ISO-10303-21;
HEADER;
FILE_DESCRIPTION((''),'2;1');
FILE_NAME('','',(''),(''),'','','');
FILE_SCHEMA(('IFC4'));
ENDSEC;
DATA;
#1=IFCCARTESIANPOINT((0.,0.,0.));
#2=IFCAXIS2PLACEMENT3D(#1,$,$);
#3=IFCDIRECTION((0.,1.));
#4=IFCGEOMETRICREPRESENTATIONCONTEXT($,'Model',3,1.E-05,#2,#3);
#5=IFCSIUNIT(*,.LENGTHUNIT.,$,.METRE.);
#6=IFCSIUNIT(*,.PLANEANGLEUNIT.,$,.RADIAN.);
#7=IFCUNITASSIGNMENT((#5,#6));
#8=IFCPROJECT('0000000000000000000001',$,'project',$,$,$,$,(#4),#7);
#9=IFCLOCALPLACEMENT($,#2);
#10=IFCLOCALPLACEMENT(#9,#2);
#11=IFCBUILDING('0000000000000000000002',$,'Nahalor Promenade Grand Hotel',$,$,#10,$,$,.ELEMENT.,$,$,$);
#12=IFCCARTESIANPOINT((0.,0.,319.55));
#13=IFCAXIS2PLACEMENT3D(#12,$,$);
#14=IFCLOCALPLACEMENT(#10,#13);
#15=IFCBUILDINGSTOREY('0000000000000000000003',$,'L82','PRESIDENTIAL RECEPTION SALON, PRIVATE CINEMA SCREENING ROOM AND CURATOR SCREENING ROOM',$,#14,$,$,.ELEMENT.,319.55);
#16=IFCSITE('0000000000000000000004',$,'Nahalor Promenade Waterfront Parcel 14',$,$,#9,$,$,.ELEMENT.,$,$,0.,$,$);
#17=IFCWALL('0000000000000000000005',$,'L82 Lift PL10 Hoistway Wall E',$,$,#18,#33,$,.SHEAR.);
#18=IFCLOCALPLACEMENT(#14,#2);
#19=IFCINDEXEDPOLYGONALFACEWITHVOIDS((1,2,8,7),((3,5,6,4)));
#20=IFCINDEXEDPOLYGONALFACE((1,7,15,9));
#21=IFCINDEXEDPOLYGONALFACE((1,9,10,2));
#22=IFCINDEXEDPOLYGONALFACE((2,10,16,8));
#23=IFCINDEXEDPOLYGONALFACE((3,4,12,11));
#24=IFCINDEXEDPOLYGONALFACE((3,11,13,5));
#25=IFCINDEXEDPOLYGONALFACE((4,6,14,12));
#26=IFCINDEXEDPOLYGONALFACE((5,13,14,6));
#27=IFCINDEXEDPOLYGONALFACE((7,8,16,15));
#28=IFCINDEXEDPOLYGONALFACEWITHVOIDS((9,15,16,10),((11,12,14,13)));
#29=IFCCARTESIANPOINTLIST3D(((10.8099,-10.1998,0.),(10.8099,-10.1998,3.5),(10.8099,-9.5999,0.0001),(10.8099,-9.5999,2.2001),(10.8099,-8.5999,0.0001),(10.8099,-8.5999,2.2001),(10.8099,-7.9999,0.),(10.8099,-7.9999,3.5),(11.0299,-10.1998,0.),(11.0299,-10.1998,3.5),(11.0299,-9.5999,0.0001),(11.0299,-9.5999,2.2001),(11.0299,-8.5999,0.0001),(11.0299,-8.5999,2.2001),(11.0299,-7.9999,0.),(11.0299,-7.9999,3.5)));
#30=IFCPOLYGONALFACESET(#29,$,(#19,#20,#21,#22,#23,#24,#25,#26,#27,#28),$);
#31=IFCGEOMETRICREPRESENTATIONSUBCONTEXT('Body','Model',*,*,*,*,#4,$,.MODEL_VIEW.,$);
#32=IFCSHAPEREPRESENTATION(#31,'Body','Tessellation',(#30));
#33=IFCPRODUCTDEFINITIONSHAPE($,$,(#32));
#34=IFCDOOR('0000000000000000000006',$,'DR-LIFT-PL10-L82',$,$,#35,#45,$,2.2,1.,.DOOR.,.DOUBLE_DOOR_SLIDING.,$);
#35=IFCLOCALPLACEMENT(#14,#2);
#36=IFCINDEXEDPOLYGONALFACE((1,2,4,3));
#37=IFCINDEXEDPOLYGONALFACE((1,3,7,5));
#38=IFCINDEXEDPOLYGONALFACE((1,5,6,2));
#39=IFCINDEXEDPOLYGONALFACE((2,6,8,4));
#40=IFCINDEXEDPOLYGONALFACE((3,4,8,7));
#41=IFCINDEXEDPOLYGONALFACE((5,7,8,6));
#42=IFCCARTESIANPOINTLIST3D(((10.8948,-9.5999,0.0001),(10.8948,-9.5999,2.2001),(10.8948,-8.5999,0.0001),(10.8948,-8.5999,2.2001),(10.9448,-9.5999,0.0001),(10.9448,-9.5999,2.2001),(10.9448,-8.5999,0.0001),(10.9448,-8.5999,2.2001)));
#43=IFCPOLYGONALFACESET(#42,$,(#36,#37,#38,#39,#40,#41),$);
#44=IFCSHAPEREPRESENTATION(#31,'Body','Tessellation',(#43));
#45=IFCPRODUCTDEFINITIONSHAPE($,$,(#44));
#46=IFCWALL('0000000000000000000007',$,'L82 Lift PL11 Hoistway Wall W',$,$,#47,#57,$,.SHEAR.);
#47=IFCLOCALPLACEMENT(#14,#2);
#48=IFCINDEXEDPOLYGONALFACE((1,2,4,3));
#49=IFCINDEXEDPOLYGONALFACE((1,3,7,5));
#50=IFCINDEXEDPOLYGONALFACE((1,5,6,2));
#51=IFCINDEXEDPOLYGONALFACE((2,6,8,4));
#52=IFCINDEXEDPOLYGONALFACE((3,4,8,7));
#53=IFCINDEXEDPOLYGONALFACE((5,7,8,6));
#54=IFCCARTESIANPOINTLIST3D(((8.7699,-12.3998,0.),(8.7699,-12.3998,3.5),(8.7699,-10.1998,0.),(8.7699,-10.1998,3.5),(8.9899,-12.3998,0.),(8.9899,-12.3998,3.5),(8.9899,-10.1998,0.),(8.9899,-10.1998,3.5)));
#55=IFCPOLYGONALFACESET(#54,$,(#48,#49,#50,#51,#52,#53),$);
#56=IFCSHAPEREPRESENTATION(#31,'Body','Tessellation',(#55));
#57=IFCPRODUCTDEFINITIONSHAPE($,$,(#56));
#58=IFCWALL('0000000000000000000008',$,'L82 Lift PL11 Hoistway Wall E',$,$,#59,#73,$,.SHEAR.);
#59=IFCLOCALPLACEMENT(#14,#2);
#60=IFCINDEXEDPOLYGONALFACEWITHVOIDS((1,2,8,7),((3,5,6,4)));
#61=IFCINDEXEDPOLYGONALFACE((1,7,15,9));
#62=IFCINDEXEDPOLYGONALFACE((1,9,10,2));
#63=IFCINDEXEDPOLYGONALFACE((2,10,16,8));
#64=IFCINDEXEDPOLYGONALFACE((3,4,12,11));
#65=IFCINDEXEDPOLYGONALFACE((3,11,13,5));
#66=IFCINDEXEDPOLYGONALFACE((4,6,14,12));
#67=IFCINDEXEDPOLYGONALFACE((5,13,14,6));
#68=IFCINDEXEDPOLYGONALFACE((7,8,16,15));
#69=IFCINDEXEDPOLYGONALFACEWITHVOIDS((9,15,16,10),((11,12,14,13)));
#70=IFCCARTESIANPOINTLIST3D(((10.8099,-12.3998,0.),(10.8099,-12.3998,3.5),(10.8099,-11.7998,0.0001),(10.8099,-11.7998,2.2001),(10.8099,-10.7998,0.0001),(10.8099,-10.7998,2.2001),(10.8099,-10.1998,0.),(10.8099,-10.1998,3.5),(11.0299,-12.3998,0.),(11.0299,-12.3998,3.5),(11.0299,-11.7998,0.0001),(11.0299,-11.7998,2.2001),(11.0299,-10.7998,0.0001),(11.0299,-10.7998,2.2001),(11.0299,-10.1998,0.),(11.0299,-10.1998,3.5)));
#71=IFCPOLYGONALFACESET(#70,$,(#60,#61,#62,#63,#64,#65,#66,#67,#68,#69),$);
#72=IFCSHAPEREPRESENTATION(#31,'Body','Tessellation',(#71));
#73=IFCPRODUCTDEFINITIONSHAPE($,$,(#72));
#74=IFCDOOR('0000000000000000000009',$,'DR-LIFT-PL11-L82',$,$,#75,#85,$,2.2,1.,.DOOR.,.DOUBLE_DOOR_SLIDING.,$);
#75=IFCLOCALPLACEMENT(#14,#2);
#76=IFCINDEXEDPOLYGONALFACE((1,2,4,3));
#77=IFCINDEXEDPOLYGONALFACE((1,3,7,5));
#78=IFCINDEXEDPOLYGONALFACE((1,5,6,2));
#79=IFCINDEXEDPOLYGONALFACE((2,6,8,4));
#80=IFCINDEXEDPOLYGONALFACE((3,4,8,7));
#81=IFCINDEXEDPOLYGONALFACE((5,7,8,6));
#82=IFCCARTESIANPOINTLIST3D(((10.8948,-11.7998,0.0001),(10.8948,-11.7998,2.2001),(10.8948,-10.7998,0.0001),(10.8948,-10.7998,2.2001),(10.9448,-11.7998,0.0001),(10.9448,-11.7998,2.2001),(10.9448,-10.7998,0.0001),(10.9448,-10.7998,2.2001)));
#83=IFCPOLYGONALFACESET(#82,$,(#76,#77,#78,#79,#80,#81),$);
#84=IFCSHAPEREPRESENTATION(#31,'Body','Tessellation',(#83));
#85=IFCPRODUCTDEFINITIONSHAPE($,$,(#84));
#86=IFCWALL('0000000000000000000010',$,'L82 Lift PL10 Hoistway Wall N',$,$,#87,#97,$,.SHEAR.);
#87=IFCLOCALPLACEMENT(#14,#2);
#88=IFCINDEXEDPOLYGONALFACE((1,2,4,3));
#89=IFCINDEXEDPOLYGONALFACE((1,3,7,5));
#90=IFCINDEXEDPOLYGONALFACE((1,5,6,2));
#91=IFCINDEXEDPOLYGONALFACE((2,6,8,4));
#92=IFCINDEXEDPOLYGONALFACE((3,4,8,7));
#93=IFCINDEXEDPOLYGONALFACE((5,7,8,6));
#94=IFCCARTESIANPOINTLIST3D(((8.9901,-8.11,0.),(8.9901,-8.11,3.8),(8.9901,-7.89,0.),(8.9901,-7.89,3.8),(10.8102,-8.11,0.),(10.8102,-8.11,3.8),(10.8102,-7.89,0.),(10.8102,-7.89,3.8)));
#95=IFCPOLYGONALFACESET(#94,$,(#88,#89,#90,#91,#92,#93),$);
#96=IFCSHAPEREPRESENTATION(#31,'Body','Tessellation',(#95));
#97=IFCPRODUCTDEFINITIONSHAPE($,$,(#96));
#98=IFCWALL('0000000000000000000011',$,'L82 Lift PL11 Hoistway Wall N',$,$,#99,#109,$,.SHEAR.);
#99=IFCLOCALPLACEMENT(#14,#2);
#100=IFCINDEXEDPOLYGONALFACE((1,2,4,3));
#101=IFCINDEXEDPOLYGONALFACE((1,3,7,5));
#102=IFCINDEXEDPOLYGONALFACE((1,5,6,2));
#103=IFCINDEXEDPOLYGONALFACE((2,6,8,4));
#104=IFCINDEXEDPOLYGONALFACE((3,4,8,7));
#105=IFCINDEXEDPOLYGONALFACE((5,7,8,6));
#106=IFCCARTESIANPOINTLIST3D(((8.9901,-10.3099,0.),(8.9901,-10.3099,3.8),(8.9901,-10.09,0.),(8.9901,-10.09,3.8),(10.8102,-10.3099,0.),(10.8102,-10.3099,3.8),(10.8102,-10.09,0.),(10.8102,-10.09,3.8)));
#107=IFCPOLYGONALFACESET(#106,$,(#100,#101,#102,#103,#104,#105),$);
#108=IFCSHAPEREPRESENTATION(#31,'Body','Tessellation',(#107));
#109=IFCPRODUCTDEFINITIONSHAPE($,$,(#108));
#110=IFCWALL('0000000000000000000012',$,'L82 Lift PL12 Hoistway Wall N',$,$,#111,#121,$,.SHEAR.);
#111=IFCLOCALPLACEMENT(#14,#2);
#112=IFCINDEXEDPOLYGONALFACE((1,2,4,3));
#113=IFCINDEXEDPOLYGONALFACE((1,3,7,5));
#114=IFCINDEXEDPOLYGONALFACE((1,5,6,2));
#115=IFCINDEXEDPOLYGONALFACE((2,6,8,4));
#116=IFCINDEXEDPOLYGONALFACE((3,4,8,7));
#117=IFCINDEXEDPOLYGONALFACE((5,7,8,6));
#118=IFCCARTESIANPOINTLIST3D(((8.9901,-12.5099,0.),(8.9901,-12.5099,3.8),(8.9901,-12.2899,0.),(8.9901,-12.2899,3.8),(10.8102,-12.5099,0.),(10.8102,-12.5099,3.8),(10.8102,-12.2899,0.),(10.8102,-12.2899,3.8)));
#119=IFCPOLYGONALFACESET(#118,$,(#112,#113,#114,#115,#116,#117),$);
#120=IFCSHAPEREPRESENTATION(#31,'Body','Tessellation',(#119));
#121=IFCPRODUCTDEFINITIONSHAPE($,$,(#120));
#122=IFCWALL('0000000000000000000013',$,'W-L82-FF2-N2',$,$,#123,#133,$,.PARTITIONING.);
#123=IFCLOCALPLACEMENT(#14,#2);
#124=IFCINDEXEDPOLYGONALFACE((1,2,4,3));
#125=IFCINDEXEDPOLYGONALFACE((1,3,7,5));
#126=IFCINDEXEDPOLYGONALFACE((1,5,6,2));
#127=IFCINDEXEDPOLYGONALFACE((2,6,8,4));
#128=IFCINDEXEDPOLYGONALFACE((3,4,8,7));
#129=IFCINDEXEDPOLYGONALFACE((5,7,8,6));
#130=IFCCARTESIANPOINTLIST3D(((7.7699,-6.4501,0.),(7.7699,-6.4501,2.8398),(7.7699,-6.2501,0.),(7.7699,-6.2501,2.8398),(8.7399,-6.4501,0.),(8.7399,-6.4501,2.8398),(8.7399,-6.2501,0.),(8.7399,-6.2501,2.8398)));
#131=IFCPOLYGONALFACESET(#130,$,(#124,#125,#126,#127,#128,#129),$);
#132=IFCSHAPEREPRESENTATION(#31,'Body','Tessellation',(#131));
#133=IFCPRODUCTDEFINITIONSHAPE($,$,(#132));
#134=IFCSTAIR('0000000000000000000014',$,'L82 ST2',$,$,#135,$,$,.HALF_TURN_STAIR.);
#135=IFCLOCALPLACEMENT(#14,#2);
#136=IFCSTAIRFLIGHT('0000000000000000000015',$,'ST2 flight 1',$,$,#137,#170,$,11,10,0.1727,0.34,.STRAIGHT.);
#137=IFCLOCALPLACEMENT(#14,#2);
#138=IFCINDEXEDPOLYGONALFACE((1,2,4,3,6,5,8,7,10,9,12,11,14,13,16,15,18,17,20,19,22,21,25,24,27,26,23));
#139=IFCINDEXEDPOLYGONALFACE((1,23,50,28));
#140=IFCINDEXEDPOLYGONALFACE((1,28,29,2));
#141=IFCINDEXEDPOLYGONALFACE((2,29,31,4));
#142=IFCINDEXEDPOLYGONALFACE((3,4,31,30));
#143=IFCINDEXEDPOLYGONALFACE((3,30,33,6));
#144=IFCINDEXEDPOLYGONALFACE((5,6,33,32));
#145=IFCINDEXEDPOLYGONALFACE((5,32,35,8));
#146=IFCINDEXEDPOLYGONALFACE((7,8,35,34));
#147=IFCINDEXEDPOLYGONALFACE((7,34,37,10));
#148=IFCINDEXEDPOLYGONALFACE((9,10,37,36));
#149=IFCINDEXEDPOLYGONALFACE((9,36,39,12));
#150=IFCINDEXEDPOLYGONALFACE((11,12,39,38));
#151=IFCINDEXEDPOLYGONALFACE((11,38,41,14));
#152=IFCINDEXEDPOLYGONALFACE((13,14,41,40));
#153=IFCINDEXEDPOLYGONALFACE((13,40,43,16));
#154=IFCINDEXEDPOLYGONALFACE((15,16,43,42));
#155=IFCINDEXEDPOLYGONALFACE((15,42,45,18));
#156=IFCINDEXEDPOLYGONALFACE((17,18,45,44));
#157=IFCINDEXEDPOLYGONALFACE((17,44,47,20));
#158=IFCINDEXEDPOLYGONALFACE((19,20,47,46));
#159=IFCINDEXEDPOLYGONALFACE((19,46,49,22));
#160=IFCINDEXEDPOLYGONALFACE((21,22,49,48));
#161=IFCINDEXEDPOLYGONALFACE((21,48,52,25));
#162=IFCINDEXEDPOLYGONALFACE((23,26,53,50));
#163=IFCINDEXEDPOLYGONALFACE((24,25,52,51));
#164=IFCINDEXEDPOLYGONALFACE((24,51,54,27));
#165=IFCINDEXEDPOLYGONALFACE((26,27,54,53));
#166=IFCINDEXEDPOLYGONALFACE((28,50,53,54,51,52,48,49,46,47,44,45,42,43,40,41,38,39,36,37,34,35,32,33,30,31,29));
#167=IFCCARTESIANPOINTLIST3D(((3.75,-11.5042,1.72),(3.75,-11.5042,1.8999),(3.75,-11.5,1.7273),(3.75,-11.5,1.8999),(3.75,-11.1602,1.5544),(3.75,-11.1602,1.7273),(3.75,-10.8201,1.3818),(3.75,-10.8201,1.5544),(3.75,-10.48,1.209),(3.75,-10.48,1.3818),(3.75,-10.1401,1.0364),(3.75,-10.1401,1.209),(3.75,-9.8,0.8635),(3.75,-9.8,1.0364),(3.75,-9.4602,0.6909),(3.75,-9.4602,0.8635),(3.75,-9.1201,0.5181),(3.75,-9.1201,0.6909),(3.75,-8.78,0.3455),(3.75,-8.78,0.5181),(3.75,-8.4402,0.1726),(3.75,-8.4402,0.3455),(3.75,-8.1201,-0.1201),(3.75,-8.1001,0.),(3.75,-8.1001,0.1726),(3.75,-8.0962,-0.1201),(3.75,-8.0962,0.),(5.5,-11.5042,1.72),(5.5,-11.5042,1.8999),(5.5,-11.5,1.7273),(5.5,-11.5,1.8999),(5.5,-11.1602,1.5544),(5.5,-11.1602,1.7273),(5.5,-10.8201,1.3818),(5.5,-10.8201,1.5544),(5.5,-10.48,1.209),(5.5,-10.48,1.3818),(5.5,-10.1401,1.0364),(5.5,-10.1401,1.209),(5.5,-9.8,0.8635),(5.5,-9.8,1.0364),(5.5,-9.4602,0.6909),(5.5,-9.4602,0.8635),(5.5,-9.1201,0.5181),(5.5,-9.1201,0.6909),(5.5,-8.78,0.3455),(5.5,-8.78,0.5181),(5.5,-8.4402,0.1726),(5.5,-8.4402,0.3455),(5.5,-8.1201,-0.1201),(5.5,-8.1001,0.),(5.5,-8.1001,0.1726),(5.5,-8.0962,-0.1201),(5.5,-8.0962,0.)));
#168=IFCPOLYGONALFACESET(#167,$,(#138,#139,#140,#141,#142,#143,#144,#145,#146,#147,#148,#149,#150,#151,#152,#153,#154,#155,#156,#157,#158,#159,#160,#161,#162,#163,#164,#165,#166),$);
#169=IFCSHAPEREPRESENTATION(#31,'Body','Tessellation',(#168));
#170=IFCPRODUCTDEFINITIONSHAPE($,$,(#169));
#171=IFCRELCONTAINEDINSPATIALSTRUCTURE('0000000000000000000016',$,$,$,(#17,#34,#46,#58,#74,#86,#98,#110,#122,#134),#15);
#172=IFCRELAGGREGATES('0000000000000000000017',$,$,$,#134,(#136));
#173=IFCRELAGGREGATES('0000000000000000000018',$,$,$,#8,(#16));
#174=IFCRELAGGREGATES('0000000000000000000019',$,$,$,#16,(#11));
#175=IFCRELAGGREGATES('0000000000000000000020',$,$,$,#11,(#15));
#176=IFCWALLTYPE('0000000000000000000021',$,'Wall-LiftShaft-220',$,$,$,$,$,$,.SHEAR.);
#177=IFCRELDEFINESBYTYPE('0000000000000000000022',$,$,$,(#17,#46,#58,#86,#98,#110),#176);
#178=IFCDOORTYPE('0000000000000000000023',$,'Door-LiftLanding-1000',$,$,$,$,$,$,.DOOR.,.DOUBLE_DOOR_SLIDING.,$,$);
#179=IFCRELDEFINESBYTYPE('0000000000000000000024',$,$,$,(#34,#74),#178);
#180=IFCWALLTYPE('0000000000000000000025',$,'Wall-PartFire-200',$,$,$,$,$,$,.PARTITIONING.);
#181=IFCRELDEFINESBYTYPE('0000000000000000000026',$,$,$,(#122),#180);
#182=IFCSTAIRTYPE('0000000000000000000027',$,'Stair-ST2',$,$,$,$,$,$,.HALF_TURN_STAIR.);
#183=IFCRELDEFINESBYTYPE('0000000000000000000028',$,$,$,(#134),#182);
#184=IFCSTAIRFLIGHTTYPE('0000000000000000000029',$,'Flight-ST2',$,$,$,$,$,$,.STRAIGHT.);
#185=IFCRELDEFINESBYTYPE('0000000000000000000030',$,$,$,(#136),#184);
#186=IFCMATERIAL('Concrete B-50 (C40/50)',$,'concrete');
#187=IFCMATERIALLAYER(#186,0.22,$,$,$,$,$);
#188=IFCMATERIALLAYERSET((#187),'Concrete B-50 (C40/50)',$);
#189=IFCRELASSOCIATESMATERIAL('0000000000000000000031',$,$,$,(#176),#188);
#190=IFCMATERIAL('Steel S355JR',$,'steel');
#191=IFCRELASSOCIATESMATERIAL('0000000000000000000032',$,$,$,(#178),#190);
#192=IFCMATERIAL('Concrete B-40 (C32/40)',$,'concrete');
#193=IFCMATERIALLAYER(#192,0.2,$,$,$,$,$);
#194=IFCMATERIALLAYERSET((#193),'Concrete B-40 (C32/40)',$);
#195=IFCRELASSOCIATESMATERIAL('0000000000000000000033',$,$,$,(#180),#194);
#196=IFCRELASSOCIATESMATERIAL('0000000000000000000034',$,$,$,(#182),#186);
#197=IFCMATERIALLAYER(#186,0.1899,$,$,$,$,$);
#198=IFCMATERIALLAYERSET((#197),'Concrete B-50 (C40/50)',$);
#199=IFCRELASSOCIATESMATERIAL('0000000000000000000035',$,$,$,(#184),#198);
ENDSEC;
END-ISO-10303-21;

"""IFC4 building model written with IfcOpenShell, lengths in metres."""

from ifc_helpers import new_model, si_unit, direction, frame, frame_2d, origin, place, context, subcontext, project, spatial, polyline, rectangle, outline, extrude, source, transform, mapped, material, layer, layer_set, type_object, element, fill, aggregate, save


model = new_model("IFC4")

# Units and contexts
model_context = context("Model", 3, precision=1e-05, world=origin(), true_north=direction((0.0, 1.0)))
body_context = subcontext(model_context, "Body", "Model", "MODEL_VIEW")
ifc_project = project(units=[si_unit("LENGTHUNIT", "METRE"), si_unit("PLANEANGLEUNIT", "RADIAN")], contexts=[model_context])

# Site, building, storey
site_placement = place(None, origin())
site = spatial("IfcSite", under=ifc_project, at=site_placement, Name="Nahalor Promenade Waterfront Parcel 14", CompositionType="ELEMENT", RefElevation=0.0)
building_placement = place(site_placement, origin())
building = spatial("IfcBuilding", under=site, at=building_placement, Name="Nahalor Promenade Grand Hotel", CompositionType="ELEMENT")
storey_placement = place(building_placement, frame((0.0, 0.0, 319.55)))
storey = spatial("IfcBuildingStorey", under=building, at=storey_placement, Name="L82", Description="PRESIDENTIAL RECEPTION SALON, PRIVATE CINEMA SCREENING ROOM AND CURATOR SCREENING ROOM", CompositionType="ELEMENT", Elevation=319.55)

# Shared definitions
ifc_material_1 = material(Name="Steel S355JR", Category="steel")

# Shared definitions
ifc_material_2 = material(Name="Concrete B-50 (C40/50)", Category="concrete")
ifc_layer_1 = layer(ifc_material_2, 0.22)
ifc_layer_set_1 = layer_set([ifc_layer_1], Name="Concrete B-50 (C40/50)")
wall_type_1 = type_object("IfcWallType", Name="Wall-LiftShaft-220", PredefinedType="SHEAR", material=ifc_layer_set_1)

# Shared definitions
door_type = type_object("IfcDoorType", Name="Door-LiftLanding-1000", OperationType="DOUBLE_DOOR_SLIDING", PredefinedType="DOOR", material=ifc_material_1)
shared_shape_1 = source(origin(), body_context, "Body", "SweptSolid", [
    extrude(rectangle(XDim=1.0, YDim=2.2, at=frame_2d((0.5, 1.1001))), frame((0.0, 0.0249, 0.0), z_axis=(0.0, -1.0, 0.0), x_axis=(1.0, 0.0, 0.0)), (0.0, 0.0, 1.0), 0.05),
])

# Shared definitions
shared_shape_2 = source(origin(), body_context, "Body", "SweptSolid", [
    extrude(rectangle(XDim=2.2, YDim=0.22, at=frame_2d((1.1001, 0.0))), origin(), (0.0, 0.0, 1.0), 3.5),
])

# Wall, opening, door
wall_1_placement = place(storey_placement, frame((10.9199, -10.2, 0.0), z_axis=(0.0, 0.0, 1.0), x_axis=(0.0, 1.0, 0.0)))
wall_1 = element("IfcWall", 1, at=wall_1_placement, inside=storey, type_object=wall_type_1, Name="L82 Lift PL10 Hoistway Wall E", PredefinedType="SHEAR", context=body_context, shape_type="MappedRepresentation", body=[
    mapped(shared_shape_2, transform((0.0, 0.0, 0.0), scale=1.0)),
])
opening_1_placement = place(wall_1_placement, frame((0.6001, 0.0, 0.0)))
opening_1 = element("IfcOpeningElement", 2, at=opening_1_placement, cuts=wall_1, PredefinedType="OPENING", context=body_context, shape_type="SweptSolid", body=[
    extrude(rectangle(XDim=1.0, YDim=2.2, at=frame_2d((0.5, 1.1001))), frame((0.0, 0.1199, 0.0), z_axis=(0.0, -1.0, 0.0), x_axis=(1.0, 0.0, 0.0)), (0.0, 0.0, 1.0), 0.24),
])
door_1_placement = place(opening_1_placement, frame((1.0, 0.0, 0.0), z_axis=(0.0, 0.0, 1.0), x_axis=(-1.0, 0.0, 0.0)))
door_1 = element("IfcDoor", 3, at=door_1_placement, inside=storey, type_object=door_type, Name="DR-LIFT-PL10-L82", OperationType="DOUBLE_DOOR_SLIDING", OverallHeight=2.2, OverallWidth=1.0, PredefinedType="DOOR", context=body_context, shape_type="MappedRepresentation", body=[
    mapped(shared_shape_1, transform((0.0, 0.0, 0.0), scale=1.0)),
])
fill(opening_1, door_1)

# Wall
wall_2_placement = place(storey_placement, frame((8.8799, -12.3999, 0.0), z_axis=(0.0, 0.0, 1.0), x_axis=(0.0, 1.0, 0.0)))
element("IfcWall", 4, at=wall_2_placement, inside=storey, type_object=wall_type_1, Name="L82 Lift PL11 Hoistway Wall W", PredefinedType="SHEAR", context=body_context, shape_type="MappedRepresentation", body=[
    mapped(shared_shape_2, transform((0.0, 0.0, 0.0), scale=1.0)),
])

# Wall, opening, door
wall_3_placement = place(storey_placement, frame((10.9199, -12.3999, 0.0), z_axis=(0.0, 0.0, 1.0), x_axis=(0.0, 1.0, 0.0)))
wall_3 = element("IfcWall", 5, at=wall_3_placement, inside=storey, type_object=wall_type_1, Name="L82 Lift PL11 Hoistway Wall E", PredefinedType="SHEAR", context=body_context, shape_type="MappedRepresentation", body=[
    mapped(shared_shape_2, transform((0.0, 0.0, 0.0), scale=1.0)),
])
opening_2_placement = place(wall_3_placement, frame((0.6001, 0.0, 0.0)))
opening_2 = element("IfcOpeningElement", 6, at=opening_2_placement, cuts=wall_3, PredefinedType="OPENING", context=body_context, shape_type="SweptSolid", body=[
    extrude(rectangle(XDim=1.0, YDim=2.2, at=frame_2d((0.5, 1.1001))), frame((0.0, 0.1199, 0.0), z_axis=(0.0, -1.0, 0.0), x_axis=(1.0, 0.0, 0.0)), (0.0, 0.0, 1.0), 0.24),
])
door_2_placement = place(opening_2_placement, frame((1.0, 0.0, 0.0), z_axis=(0.0, 0.0, 1.0), x_axis=(-1.0, 0.0, 0.0)))
door_2 = element("IfcDoor", 7, at=door_2_placement, inside=storey, type_object=door_type, Name="DR-LIFT-PL11-L82", OperationType="DOUBLE_DOOR_SLIDING", OverallHeight=2.2, OverallWidth=1.0, PredefinedType="DOOR", context=body_context, shape_type="MappedRepresentation", body=[
    mapped(shared_shape_1, transform((0.0, 0.0, 0.0), scale=1.0)),
])
fill(opening_2, door_2)

# Walls
shared_shape_3 = source(origin(), body_context, "Body", "SweptSolid", [
    extrude(rectangle(XDim=1.8201, YDim=0.22, at=frame_2d((0.9102, 0.0))), origin(), (0.0, 0.0, 1.0), 3.8),
])
for number, where, z_axis, x_axis, name in (
    (8, (8.99, -8.0, 0.0), (0.0, 0.0, 1.0), (1.0, 0.0, 0.0), "L82 Lift PL10 Hoistway Wall N"),
    (9, (8.99, -10.2, 0.0), (0.0, 0.0, 1.0), (1.0, 0.0, 0.0), "L82 Lift PL11 Hoistway Wall N"),
    (10, (8.99, -12.3999, 0.0), (0.0, 0.0, 1.0), (1.0, 0.0, 0.0), "L82 Lift PL12 Hoistway Wall N"),
):
    element("IfcWall", number, at=place(storey_placement, frame(where, z_axis=z_axis, x_axis=x_axis)), inside=storey, type_object=wall_type_1, Name=name, PredefinedType="SHEAR", context=body_context, shape_type="MappedRepresentation", body=[
        mapped(shared_shape_3, transform((0.0, 0.0, 0.0), scale=1.0)),
    ])
ifc_material_3 = material(Name="Concrete B-40 (C32/40)", Category="concrete")
ifc_layer_2 = layer(ifc_material_3, 0.2)
ifc_layer_set_2 = layer_set([ifc_layer_2], Name="Concrete B-40 (C32/40)")
wall_type_2 = type_object("IfcWallType", Name="Wall-PartFire-200", PredefinedType="PARTITIONING", material=ifc_layer_set_2)
shared_shape_4 = source(origin(), body_context, "Body", "SweptSolid", [
    extrude(rectangle(XDim=0.97, YDim=0.2, at=frame_2d((0.4849, 0.0))), origin(), (0.0, 0.0, 1.0), 2.8398),
])
wall_4_placement = place(storey_placement, frame((7.77, -6.3501, 0.0), z_axis=(0.0, 0.0, 1.0), x_axis=(1.0, 0.0, 0.0)))
element("IfcWall", 11, at=wall_4_placement, inside=storey, type_object=wall_type_2, Name="W-L82-FF2-N2", PredefinedType="PARTITIONING", context=body_context, shape_type="MappedRepresentation", body=[
    mapped(shared_shape_4, transform((0.0, 0.0, 0.0), scale=1.0)),
])

# Stair, stair flight
stair_type = type_object("IfcStairType", Name="Stair-ST2", PredefinedType="HALF_TURN_STAIR", material=ifc_material_2)
stair_placement = place(storey_placement, origin())
stair = element("IfcStair", 12, at=stair_placement, inside=storey, type_object=stair_type, Name="L82 ST2", PredefinedType="HALF_TURN_STAIR")
ifc_layer_3 = layer(ifc_material_2, 0.1899)
ifc_layer_set_3 = layer_set([ifc_layer_3], Name="Concrete B-50 (C40/50)")
stair_flight_type = type_object("IfcStairFlightType", Name="Flight-ST2", PredefinedType="STRAIGHT", material=ifc_layer_set_3)
shared_shape_5 = source(origin(), body_context, "Body", "SweptSolid", [
    extrude(outline(polyline([(-0.0039, -0.1201), (-0.0039, 0.0), (0.0, 0.0), (0.0, 0.1726), (0.3401, 0.1726), (0.3401, 0.3455), (0.6799, 0.3455), (0.6799, 0.5181), (1.02, 0.5181), (1.02, 0.6909), (1.3601, 0.6909), (1.3601, 0.8635), (1.7, 0.8635), (1.7, 1.0364), (2.04, 1.0364), (2.04, 1.209), (2.3799, 1.209), (2.3799, 1.3818), (2.72, 1.3818), (2.72, 1.5544), (3.0601, 1.5544), (3.0601, 1.7273), (3.3999, 1.7273), (3.3999, 1.8999), (3.4041, 1.8999), (3.4041, 1.72), (0.02, -0.1201), (-0.0039, -0.1201)])), frame((0.0, 0.875, 0.0), z_axis=(0.0, -1.0, 0.0), x_axis=(1.0, 0.0, 0.0)), (0.0, 0.0, 1.0), 1.75),
])
stair_flight_1_placement = place(storey_placement, frame((4.625, -8.1001, 0.0), z_axis=(0.0, 0.0, 1.0), x_axis=(0.0, -1.0, 0.0)))
stair_flight_1 = element("IfcStairFlight", 13, at=stair_flight_1_placement, type_object=stair_flight_type, Name="ST2 flight 1", NumberOfRisers=11, NumberOfTreads=10, PredefinedType="STRAIGHT", RiserHeight=0.1727, TreadLength=0.34, context=body_context, shape_type="MappedRepresentation", body=[
    mapped(shared_shape_5, transform((0.0, 0.0, 0.0), scale=1.0)),
])
aggregate(stair, [stair_flight_1])

save(model, "model.ifc")
